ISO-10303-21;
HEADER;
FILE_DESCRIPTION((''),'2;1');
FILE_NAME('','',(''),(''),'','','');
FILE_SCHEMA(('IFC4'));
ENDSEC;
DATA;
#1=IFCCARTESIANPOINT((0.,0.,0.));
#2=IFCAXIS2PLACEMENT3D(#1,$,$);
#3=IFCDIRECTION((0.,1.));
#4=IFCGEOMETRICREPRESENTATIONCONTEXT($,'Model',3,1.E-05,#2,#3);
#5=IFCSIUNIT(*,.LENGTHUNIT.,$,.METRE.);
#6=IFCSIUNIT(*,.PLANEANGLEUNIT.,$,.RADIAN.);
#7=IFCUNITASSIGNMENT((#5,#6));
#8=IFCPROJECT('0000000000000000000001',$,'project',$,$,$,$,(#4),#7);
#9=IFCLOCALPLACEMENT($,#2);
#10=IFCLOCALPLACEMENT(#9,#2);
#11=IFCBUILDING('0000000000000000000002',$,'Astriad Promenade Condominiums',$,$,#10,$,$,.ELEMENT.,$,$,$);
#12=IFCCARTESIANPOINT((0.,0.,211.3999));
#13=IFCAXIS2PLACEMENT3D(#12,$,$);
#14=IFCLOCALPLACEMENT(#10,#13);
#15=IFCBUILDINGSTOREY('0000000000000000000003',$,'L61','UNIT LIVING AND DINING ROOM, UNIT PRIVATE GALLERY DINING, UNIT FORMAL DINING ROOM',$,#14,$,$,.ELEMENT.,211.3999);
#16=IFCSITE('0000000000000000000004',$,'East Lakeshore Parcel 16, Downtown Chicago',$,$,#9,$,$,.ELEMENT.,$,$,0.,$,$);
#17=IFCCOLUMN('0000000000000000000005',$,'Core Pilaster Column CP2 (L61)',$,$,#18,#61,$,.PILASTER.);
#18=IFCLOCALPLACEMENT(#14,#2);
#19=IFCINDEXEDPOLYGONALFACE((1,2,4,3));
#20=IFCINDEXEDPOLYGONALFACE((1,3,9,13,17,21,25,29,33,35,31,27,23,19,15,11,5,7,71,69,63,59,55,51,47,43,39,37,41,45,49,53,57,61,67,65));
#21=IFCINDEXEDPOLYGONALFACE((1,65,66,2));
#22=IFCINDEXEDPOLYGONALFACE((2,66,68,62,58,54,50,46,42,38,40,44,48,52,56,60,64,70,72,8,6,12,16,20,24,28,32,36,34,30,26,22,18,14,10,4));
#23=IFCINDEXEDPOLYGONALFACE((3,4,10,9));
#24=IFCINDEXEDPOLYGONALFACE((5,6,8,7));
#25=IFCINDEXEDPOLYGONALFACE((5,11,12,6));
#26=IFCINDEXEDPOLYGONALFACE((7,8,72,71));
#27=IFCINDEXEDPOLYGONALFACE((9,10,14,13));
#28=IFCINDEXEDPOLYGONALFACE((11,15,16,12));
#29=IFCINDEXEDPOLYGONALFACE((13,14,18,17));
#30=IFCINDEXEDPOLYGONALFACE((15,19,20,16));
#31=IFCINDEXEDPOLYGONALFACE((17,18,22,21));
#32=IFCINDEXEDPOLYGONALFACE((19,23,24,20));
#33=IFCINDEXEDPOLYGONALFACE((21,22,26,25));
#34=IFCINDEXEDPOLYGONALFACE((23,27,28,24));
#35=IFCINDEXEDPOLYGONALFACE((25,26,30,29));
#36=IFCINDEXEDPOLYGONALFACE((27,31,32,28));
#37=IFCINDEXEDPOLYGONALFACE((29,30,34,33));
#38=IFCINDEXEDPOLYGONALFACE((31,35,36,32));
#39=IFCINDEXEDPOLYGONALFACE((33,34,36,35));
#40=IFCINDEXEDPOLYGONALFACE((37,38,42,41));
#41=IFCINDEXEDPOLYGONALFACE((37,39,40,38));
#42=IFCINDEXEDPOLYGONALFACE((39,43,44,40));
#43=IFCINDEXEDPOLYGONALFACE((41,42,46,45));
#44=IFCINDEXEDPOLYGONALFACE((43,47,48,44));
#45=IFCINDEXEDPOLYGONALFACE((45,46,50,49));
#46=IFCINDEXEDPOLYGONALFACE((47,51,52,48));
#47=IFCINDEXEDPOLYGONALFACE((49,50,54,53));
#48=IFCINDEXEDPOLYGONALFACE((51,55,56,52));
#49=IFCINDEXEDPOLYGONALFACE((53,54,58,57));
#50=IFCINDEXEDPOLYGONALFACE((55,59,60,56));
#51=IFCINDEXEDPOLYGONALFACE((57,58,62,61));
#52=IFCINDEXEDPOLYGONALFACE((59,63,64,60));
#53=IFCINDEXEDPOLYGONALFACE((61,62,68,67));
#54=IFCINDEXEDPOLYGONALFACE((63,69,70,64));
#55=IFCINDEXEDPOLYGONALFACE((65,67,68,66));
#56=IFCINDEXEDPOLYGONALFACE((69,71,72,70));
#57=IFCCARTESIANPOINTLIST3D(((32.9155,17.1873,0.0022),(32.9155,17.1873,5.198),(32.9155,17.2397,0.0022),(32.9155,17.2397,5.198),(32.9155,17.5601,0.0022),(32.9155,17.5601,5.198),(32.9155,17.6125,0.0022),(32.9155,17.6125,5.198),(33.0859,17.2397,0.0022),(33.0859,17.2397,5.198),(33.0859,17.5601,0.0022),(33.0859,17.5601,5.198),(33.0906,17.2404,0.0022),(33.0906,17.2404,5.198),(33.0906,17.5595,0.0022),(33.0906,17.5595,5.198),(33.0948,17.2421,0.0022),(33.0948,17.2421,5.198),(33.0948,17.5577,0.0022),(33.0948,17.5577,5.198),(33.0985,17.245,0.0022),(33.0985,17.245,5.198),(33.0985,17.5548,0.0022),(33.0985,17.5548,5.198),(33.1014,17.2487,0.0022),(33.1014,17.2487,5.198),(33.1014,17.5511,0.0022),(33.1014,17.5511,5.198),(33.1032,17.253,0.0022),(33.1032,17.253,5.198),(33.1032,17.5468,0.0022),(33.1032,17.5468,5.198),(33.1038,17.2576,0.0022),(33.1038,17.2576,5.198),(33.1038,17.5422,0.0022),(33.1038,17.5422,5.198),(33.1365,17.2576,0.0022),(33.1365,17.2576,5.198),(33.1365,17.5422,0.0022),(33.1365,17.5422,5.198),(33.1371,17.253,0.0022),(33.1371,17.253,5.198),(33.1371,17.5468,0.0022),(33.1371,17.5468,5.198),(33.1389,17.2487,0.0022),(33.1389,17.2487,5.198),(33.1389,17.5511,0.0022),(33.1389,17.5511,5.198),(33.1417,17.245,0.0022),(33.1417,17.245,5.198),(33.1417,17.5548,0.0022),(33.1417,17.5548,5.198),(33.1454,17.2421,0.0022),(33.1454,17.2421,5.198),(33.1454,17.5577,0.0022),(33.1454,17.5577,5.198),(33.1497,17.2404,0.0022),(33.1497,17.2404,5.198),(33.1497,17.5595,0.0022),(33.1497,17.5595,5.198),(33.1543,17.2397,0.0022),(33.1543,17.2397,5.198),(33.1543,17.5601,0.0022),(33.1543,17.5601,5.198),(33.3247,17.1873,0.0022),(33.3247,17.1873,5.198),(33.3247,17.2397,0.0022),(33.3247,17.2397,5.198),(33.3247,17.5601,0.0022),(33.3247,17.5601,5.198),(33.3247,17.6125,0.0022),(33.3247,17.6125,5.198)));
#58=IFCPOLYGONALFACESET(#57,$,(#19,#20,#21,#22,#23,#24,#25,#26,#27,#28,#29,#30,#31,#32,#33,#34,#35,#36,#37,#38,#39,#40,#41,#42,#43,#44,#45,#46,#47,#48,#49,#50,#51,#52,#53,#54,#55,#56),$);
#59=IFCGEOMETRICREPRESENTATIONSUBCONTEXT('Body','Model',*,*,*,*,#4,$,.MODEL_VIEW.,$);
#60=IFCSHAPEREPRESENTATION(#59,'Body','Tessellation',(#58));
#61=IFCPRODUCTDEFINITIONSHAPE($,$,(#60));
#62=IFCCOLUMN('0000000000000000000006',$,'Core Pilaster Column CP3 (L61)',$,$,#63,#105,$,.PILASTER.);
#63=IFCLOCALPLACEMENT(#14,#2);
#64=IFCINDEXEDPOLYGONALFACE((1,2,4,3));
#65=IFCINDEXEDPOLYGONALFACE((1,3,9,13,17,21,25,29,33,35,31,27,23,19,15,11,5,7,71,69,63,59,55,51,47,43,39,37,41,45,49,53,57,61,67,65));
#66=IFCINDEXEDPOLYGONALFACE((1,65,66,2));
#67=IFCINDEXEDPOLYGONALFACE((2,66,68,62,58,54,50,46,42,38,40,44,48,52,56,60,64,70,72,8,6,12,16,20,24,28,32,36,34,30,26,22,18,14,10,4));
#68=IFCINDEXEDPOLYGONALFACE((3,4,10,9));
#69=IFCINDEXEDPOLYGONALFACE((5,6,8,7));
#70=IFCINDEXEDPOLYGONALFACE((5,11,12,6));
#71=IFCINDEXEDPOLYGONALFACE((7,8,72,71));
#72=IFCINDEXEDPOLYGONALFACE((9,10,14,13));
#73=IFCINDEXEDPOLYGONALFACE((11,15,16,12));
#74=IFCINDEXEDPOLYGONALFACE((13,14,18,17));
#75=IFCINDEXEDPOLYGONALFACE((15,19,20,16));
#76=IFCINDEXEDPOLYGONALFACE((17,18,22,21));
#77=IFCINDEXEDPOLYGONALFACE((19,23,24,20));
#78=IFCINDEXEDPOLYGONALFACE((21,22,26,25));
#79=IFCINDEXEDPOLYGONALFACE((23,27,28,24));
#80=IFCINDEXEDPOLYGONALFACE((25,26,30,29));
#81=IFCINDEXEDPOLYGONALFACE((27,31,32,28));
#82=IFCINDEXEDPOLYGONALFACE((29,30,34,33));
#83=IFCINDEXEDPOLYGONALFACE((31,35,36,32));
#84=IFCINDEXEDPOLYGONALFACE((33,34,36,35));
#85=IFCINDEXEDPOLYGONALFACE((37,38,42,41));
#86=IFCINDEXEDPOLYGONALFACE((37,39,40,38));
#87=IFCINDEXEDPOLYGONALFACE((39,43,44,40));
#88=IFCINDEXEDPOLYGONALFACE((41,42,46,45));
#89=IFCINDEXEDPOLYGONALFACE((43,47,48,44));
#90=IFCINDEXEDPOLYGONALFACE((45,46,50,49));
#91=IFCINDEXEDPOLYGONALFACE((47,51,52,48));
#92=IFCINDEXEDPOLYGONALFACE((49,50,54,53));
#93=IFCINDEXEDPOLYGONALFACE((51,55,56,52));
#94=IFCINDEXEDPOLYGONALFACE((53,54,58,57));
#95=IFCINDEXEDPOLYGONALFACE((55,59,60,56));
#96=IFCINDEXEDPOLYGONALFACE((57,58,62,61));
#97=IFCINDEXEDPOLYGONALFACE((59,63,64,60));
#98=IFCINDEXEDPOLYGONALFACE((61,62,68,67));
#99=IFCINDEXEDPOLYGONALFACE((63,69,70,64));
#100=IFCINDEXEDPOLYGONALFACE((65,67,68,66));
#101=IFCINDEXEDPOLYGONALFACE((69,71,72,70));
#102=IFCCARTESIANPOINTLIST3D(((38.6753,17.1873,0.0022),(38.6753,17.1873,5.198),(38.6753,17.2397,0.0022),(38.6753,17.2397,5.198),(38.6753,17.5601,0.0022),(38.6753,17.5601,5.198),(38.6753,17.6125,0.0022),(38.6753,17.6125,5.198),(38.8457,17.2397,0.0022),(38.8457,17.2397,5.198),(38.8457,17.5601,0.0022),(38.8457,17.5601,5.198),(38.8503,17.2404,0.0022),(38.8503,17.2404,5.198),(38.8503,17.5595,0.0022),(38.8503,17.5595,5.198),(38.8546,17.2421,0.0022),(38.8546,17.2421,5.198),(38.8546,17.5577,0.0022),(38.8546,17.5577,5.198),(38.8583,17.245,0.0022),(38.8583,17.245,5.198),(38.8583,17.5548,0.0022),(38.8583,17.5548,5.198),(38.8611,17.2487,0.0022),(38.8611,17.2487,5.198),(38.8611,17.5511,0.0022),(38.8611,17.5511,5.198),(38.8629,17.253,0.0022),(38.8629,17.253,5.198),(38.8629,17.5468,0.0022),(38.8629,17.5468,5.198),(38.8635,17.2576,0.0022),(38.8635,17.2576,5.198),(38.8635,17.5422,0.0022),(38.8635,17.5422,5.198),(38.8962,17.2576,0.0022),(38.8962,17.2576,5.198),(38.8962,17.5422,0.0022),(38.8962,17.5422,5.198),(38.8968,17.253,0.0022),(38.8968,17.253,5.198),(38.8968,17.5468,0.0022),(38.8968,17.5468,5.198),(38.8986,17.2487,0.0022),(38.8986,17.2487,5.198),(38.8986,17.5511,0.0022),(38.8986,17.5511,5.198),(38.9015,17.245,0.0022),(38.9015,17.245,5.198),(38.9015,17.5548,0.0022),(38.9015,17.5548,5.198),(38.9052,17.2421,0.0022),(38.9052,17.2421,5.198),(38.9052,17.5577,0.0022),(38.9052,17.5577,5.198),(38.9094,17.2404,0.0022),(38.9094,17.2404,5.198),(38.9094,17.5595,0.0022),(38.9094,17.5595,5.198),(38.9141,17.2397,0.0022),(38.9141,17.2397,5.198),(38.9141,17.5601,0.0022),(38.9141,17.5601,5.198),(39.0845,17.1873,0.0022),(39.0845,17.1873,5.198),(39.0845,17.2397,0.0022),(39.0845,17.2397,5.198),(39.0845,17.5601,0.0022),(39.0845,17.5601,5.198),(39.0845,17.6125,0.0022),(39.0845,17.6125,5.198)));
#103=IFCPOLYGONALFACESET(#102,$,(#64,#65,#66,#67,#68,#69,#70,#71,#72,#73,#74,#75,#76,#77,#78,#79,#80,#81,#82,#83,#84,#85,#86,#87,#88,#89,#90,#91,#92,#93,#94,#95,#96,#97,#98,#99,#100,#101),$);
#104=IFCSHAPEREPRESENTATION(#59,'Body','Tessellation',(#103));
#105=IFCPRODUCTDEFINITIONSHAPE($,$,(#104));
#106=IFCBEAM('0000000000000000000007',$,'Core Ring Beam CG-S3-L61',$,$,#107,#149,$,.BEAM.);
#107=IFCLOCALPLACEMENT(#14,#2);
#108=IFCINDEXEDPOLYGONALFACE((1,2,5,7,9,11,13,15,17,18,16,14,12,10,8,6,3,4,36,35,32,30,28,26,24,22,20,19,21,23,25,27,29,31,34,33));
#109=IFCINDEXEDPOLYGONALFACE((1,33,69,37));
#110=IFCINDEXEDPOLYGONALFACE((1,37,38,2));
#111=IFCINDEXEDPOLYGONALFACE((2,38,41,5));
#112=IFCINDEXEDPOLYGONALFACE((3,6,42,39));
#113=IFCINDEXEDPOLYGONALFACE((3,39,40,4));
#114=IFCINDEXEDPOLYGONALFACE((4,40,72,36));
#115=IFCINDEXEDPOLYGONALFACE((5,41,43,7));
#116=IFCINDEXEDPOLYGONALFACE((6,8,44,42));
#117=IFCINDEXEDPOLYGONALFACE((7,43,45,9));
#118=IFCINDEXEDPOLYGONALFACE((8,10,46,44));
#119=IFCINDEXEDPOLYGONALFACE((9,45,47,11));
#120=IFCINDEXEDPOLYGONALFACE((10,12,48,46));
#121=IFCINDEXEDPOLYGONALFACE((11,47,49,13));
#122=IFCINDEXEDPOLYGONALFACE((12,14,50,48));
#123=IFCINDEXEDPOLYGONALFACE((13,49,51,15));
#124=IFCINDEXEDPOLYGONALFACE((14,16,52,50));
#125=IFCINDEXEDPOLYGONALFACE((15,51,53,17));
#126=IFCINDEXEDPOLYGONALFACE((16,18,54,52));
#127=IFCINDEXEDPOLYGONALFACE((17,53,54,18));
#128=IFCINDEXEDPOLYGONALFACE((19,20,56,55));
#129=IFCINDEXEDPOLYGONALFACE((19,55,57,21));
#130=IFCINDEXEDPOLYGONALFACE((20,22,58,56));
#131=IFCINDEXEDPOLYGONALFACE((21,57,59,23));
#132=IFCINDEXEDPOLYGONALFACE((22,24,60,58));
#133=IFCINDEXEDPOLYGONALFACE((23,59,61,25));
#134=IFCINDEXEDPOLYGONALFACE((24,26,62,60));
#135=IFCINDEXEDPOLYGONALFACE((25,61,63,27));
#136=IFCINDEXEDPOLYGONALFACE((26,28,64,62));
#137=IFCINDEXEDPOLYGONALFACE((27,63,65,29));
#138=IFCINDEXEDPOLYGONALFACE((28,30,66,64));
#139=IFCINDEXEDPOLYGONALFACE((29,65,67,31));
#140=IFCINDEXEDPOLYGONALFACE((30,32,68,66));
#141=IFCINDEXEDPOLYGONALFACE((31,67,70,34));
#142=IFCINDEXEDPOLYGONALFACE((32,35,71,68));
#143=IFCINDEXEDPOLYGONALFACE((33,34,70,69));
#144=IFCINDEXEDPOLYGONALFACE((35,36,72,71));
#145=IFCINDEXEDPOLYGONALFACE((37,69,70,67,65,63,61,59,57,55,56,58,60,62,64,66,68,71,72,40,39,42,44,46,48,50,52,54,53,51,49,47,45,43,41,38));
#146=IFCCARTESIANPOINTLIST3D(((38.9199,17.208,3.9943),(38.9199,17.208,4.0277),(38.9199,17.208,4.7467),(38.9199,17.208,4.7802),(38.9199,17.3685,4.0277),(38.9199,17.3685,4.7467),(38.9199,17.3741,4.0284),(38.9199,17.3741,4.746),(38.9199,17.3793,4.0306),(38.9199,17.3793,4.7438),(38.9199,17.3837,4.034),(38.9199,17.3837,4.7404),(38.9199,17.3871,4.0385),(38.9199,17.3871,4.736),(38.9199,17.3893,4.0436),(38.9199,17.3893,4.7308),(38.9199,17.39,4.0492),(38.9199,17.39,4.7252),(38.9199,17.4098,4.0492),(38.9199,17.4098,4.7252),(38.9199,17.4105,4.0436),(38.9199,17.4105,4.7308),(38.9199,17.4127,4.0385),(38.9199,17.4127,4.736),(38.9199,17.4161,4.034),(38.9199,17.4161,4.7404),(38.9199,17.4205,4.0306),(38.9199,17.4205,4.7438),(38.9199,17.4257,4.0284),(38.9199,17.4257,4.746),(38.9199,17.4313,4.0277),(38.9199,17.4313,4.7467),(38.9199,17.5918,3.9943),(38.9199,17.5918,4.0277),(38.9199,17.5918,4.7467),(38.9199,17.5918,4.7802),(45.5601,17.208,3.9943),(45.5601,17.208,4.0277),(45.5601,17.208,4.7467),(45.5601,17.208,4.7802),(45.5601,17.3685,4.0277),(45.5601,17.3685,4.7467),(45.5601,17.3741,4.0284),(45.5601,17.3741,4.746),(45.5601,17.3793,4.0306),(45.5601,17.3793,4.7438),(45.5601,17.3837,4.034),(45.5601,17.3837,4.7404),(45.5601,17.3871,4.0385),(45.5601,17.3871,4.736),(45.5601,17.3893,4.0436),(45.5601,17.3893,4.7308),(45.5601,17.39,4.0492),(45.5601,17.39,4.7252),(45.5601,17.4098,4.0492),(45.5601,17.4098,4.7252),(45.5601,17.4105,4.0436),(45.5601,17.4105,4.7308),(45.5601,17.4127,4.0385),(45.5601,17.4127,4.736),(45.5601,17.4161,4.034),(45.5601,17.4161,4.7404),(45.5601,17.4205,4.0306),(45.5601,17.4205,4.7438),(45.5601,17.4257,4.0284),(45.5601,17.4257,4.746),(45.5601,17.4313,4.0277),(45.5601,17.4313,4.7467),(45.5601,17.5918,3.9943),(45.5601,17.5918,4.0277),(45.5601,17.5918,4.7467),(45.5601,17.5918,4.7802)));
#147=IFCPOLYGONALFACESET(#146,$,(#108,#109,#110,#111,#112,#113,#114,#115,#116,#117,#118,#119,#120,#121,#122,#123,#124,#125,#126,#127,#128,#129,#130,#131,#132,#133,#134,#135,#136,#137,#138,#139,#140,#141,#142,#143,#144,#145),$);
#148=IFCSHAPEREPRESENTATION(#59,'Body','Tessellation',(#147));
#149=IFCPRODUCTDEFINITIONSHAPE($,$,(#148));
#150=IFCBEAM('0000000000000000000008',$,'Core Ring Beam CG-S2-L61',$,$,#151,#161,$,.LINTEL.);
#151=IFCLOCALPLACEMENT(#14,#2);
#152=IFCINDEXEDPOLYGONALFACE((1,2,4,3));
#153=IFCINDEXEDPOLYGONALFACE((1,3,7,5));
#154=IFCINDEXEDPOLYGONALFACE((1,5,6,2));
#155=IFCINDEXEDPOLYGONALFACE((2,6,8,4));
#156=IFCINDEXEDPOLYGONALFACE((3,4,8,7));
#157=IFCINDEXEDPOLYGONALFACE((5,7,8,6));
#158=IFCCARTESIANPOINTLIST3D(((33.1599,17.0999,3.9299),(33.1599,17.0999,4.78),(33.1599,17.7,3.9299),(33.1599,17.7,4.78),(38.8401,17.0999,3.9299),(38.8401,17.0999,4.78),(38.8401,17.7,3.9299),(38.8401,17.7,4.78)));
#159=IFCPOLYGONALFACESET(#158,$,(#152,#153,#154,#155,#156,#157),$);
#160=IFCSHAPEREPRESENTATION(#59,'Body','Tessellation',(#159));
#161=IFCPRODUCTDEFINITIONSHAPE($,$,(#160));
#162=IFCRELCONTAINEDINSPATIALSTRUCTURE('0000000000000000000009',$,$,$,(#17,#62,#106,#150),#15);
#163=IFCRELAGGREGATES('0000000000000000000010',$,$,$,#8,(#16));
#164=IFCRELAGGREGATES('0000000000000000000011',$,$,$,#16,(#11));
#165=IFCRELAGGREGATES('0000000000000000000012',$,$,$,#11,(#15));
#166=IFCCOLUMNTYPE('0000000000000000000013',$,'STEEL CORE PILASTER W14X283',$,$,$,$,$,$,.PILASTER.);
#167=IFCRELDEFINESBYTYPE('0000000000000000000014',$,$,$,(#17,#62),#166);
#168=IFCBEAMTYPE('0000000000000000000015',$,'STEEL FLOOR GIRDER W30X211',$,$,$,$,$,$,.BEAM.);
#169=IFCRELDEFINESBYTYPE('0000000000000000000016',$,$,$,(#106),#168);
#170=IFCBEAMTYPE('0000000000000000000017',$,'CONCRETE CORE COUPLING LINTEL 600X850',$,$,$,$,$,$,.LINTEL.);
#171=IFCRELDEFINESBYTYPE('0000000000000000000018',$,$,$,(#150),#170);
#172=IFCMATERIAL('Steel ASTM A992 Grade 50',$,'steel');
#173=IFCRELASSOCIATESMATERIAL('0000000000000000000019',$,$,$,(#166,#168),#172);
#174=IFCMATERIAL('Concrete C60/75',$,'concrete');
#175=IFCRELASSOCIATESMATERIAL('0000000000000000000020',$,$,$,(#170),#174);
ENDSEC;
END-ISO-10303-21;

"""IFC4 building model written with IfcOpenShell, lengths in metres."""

from ifc_helpers import new_model, si_unit, direction, frame, origin, origin_2d, place, context, subcontext, project, spatial, rectangle, i_section, extrude, source, transform, mapped, material, material_profile, profile_set, type_object, type_shapes, element, save


model = new_model("IFC4")

# Units and contexts
model_context = context("Model", 3, precision=1e-05, world=origin(), true_north=direction((0.0, 1.0)))
body_context = subcontext(model_context, "Body", "Model", "MODEL_VIEW")
ifc_project = project(units=[si_unit("LENGTHUNIT", "METRE"), si_unit("PLANEANGLEUNIT", "RADIAN")], contexts=[model_context])

# Site, building, storey
site_placement = place(None, origin())
site = spatial("IfcSite", under=ifc_project, at=site_placement, Name="East Lakeshore Parcel 16, Downtown Chicago", CompositionType="ELEMENT", RefElevation=0.0)
building_placement = place(site_placement, origin())
building = spatial("IfcBuilding", under=site, at=building_placement, Name="Astriad Promenade Condominiums", CompositionType="ELEMENT")
storey_placement = place(building_placement, frame((0.0, 0.0, 211.3999)))
storey = spatial("IfcBuildingStorey", under=building, at=storey_placement, Name="L61", Description="UNIT LIVING AND DINING ROOM, UNIT PRIVATE GALLERY DINING, UNIT FORMAL DINING ROOM", CompositionType="ELEMENT", Elevation=211.3999)

# Columns
ifc_material_1 = material(Name="Steel ASTM A992 Grade 50", Category="steel")
ifc_material_profile_1 = material_profile(ifc_material_1, i_section(OverallWidth=0.4092, OverallDepth=0.4253, WebThickness=0.0327, FlangeThickness=0.0525, FilletRadius=0.0178, at=origin_2d()), Name="W14X283")
ifc_profile_set_1 = profile_set([ifc_material_profile_1], Name="Steel ASTM A992 Grade 50")
column_type = type_object("IfcColumnType", Name="STEEL CORE PILASTER W14X283", PredefinedType="PILASTER", material=ifc_profile_set_1)
shared_shape_1 = source(origin(), body_context, "Body", "SweptSolid", [
    extrude(i_section(OverallWidth=0.4092, OverallDepth=0.4253, WebThickness=0.0327, FlangeThickness=0.0525, FilletRadius=0.0178, at=origin_2d()), origin(), (0.0, 0.0, 1.0), 5.1958),
])
type_shapes(column_type, [shared_shape_1])
for number, where, z_axis, x_axis, name in (
    (1, (33.1201, 17.3999, 0.0022), (0.0, 0.0, 1.0), (1.0, 0.0, 0.0), "Core Pilaster Column CP2 (L61)"),
    (2, (38.8799, 17.3999, 0.0022), (0.0, 0.0, 1.0), (1.0, 0.0, 0.0), "Core Pilaster Column CP3 (L61)"),
):
    element("IfcColumn", number, at=place(storey_placement, frame(where, z_axis=z_axis, x_axis=x_axis)), inside=storey, type_object=column_type, Name=name, PredefinedType="PILASTER", context=body_context, shape_type="MappedRepresentation", body=[
        mapped(shared_shape_1, transform((0.0, 0.0, 0.0), scale=1.0)),
    ])

# Beams
ifc_material_profile_2 = material_profile(ifc_material_1, i_section(OverallWidth=0.3838, OverallDepth=0.7859, WebThickness=0.0198, FlangeThickness=0.0334, FilletRadius=0.0215, at=origin_2d()), Name="W30X211")
ifc_profile_set_2 = profile_set([ifc_material_profile_2], Name="Steel ASTM A992 Grade 50")
beam_type_1 = type_object("IfcBeamType", Name="STEEL FLOOR GIRDER W30X211", PredefinedType="BEAM", material=ifc_profile_set_2)
shared_shape_2 = source(origin(), body_context, "Body", "SweptSolid", [
    extrude(i_section(OverallWidth=0.3838, OverallDepth=0.7859, WebThickness=0.0198, FlangeThickness=0.0334, FilletRadius=0.0215, at=origin_2d()), origin(), (0.0, 0.0, 1.0), 6.6401),
])
type_shapes(beam_type_1, [shared_shape_2])
beam_1_placement = place(storey_placement, frame((38.9199, 17.3999, 4.3872), z_axis=(1.0, 0.0, 0.0), x_axis=(0.0, 1.0, 0.0)))
element("IfcBeam", 3, at=beam_1_placement, inside=storey, type_object=beam_type_1, Name="Core Ring Beam CG-S3-L61", PredefinedType="BEAM", context=body_context, shape_type="MappedRepresentation", body=[
    mapped(shared_shape_2, transform((0.0, 0.0, 0.0), scale=1.0)),
])
ifc_material_2 = material(Name="Concrete C60/75", Category="concrete")
ifc_material_profile_3 = material_profile(ifc_material_2, rectangle(XDim=0.6001, YDim=0.8501, at=origin_2d()), Name="RC-BM-600X850")
ifc_profile_set_3 = profile_set([ifc_material_profile_3], Name="Concrete C60/75")
beam_type_2 = type_object("IfcBeamType", Name="CONCRETE CORE COUPLING LINTEL 600X850", PredefinedType="LINTEL", material=ifc_profile_set_3)
shared_shape_3 = source(origin(), body_context, "Body", "SweptSolid", [
    extrude(rectangle(XDim=0.6001, YDim=0.8501, at=origin_2d()), origin(), (0.0, 0.0, 1.0), 5.6802),
])
type_shapes(beam_type_2, [shared_shape_3])
beam_2_placement = place(storey_placement, frame((33.1599, 17.3999, 4.355), z_axis=(1.0, 0.0, 0.0), x_axis=(0.0, 1.0, 0.0)))
element("IfcBeam", 4, at=beam_2_placement, inside=storey, type_object=beam_type_2, Name="Core Ring Beam CG-S2-L61", PredefinedType="LINTEL", context=body_context, shape_type="MappedRepresentation", body=[
    mapped(shared_shape_3, transform((0.0, 0.0, 0.0), scale=1.0)),
])

save(model, "model.ifc")
